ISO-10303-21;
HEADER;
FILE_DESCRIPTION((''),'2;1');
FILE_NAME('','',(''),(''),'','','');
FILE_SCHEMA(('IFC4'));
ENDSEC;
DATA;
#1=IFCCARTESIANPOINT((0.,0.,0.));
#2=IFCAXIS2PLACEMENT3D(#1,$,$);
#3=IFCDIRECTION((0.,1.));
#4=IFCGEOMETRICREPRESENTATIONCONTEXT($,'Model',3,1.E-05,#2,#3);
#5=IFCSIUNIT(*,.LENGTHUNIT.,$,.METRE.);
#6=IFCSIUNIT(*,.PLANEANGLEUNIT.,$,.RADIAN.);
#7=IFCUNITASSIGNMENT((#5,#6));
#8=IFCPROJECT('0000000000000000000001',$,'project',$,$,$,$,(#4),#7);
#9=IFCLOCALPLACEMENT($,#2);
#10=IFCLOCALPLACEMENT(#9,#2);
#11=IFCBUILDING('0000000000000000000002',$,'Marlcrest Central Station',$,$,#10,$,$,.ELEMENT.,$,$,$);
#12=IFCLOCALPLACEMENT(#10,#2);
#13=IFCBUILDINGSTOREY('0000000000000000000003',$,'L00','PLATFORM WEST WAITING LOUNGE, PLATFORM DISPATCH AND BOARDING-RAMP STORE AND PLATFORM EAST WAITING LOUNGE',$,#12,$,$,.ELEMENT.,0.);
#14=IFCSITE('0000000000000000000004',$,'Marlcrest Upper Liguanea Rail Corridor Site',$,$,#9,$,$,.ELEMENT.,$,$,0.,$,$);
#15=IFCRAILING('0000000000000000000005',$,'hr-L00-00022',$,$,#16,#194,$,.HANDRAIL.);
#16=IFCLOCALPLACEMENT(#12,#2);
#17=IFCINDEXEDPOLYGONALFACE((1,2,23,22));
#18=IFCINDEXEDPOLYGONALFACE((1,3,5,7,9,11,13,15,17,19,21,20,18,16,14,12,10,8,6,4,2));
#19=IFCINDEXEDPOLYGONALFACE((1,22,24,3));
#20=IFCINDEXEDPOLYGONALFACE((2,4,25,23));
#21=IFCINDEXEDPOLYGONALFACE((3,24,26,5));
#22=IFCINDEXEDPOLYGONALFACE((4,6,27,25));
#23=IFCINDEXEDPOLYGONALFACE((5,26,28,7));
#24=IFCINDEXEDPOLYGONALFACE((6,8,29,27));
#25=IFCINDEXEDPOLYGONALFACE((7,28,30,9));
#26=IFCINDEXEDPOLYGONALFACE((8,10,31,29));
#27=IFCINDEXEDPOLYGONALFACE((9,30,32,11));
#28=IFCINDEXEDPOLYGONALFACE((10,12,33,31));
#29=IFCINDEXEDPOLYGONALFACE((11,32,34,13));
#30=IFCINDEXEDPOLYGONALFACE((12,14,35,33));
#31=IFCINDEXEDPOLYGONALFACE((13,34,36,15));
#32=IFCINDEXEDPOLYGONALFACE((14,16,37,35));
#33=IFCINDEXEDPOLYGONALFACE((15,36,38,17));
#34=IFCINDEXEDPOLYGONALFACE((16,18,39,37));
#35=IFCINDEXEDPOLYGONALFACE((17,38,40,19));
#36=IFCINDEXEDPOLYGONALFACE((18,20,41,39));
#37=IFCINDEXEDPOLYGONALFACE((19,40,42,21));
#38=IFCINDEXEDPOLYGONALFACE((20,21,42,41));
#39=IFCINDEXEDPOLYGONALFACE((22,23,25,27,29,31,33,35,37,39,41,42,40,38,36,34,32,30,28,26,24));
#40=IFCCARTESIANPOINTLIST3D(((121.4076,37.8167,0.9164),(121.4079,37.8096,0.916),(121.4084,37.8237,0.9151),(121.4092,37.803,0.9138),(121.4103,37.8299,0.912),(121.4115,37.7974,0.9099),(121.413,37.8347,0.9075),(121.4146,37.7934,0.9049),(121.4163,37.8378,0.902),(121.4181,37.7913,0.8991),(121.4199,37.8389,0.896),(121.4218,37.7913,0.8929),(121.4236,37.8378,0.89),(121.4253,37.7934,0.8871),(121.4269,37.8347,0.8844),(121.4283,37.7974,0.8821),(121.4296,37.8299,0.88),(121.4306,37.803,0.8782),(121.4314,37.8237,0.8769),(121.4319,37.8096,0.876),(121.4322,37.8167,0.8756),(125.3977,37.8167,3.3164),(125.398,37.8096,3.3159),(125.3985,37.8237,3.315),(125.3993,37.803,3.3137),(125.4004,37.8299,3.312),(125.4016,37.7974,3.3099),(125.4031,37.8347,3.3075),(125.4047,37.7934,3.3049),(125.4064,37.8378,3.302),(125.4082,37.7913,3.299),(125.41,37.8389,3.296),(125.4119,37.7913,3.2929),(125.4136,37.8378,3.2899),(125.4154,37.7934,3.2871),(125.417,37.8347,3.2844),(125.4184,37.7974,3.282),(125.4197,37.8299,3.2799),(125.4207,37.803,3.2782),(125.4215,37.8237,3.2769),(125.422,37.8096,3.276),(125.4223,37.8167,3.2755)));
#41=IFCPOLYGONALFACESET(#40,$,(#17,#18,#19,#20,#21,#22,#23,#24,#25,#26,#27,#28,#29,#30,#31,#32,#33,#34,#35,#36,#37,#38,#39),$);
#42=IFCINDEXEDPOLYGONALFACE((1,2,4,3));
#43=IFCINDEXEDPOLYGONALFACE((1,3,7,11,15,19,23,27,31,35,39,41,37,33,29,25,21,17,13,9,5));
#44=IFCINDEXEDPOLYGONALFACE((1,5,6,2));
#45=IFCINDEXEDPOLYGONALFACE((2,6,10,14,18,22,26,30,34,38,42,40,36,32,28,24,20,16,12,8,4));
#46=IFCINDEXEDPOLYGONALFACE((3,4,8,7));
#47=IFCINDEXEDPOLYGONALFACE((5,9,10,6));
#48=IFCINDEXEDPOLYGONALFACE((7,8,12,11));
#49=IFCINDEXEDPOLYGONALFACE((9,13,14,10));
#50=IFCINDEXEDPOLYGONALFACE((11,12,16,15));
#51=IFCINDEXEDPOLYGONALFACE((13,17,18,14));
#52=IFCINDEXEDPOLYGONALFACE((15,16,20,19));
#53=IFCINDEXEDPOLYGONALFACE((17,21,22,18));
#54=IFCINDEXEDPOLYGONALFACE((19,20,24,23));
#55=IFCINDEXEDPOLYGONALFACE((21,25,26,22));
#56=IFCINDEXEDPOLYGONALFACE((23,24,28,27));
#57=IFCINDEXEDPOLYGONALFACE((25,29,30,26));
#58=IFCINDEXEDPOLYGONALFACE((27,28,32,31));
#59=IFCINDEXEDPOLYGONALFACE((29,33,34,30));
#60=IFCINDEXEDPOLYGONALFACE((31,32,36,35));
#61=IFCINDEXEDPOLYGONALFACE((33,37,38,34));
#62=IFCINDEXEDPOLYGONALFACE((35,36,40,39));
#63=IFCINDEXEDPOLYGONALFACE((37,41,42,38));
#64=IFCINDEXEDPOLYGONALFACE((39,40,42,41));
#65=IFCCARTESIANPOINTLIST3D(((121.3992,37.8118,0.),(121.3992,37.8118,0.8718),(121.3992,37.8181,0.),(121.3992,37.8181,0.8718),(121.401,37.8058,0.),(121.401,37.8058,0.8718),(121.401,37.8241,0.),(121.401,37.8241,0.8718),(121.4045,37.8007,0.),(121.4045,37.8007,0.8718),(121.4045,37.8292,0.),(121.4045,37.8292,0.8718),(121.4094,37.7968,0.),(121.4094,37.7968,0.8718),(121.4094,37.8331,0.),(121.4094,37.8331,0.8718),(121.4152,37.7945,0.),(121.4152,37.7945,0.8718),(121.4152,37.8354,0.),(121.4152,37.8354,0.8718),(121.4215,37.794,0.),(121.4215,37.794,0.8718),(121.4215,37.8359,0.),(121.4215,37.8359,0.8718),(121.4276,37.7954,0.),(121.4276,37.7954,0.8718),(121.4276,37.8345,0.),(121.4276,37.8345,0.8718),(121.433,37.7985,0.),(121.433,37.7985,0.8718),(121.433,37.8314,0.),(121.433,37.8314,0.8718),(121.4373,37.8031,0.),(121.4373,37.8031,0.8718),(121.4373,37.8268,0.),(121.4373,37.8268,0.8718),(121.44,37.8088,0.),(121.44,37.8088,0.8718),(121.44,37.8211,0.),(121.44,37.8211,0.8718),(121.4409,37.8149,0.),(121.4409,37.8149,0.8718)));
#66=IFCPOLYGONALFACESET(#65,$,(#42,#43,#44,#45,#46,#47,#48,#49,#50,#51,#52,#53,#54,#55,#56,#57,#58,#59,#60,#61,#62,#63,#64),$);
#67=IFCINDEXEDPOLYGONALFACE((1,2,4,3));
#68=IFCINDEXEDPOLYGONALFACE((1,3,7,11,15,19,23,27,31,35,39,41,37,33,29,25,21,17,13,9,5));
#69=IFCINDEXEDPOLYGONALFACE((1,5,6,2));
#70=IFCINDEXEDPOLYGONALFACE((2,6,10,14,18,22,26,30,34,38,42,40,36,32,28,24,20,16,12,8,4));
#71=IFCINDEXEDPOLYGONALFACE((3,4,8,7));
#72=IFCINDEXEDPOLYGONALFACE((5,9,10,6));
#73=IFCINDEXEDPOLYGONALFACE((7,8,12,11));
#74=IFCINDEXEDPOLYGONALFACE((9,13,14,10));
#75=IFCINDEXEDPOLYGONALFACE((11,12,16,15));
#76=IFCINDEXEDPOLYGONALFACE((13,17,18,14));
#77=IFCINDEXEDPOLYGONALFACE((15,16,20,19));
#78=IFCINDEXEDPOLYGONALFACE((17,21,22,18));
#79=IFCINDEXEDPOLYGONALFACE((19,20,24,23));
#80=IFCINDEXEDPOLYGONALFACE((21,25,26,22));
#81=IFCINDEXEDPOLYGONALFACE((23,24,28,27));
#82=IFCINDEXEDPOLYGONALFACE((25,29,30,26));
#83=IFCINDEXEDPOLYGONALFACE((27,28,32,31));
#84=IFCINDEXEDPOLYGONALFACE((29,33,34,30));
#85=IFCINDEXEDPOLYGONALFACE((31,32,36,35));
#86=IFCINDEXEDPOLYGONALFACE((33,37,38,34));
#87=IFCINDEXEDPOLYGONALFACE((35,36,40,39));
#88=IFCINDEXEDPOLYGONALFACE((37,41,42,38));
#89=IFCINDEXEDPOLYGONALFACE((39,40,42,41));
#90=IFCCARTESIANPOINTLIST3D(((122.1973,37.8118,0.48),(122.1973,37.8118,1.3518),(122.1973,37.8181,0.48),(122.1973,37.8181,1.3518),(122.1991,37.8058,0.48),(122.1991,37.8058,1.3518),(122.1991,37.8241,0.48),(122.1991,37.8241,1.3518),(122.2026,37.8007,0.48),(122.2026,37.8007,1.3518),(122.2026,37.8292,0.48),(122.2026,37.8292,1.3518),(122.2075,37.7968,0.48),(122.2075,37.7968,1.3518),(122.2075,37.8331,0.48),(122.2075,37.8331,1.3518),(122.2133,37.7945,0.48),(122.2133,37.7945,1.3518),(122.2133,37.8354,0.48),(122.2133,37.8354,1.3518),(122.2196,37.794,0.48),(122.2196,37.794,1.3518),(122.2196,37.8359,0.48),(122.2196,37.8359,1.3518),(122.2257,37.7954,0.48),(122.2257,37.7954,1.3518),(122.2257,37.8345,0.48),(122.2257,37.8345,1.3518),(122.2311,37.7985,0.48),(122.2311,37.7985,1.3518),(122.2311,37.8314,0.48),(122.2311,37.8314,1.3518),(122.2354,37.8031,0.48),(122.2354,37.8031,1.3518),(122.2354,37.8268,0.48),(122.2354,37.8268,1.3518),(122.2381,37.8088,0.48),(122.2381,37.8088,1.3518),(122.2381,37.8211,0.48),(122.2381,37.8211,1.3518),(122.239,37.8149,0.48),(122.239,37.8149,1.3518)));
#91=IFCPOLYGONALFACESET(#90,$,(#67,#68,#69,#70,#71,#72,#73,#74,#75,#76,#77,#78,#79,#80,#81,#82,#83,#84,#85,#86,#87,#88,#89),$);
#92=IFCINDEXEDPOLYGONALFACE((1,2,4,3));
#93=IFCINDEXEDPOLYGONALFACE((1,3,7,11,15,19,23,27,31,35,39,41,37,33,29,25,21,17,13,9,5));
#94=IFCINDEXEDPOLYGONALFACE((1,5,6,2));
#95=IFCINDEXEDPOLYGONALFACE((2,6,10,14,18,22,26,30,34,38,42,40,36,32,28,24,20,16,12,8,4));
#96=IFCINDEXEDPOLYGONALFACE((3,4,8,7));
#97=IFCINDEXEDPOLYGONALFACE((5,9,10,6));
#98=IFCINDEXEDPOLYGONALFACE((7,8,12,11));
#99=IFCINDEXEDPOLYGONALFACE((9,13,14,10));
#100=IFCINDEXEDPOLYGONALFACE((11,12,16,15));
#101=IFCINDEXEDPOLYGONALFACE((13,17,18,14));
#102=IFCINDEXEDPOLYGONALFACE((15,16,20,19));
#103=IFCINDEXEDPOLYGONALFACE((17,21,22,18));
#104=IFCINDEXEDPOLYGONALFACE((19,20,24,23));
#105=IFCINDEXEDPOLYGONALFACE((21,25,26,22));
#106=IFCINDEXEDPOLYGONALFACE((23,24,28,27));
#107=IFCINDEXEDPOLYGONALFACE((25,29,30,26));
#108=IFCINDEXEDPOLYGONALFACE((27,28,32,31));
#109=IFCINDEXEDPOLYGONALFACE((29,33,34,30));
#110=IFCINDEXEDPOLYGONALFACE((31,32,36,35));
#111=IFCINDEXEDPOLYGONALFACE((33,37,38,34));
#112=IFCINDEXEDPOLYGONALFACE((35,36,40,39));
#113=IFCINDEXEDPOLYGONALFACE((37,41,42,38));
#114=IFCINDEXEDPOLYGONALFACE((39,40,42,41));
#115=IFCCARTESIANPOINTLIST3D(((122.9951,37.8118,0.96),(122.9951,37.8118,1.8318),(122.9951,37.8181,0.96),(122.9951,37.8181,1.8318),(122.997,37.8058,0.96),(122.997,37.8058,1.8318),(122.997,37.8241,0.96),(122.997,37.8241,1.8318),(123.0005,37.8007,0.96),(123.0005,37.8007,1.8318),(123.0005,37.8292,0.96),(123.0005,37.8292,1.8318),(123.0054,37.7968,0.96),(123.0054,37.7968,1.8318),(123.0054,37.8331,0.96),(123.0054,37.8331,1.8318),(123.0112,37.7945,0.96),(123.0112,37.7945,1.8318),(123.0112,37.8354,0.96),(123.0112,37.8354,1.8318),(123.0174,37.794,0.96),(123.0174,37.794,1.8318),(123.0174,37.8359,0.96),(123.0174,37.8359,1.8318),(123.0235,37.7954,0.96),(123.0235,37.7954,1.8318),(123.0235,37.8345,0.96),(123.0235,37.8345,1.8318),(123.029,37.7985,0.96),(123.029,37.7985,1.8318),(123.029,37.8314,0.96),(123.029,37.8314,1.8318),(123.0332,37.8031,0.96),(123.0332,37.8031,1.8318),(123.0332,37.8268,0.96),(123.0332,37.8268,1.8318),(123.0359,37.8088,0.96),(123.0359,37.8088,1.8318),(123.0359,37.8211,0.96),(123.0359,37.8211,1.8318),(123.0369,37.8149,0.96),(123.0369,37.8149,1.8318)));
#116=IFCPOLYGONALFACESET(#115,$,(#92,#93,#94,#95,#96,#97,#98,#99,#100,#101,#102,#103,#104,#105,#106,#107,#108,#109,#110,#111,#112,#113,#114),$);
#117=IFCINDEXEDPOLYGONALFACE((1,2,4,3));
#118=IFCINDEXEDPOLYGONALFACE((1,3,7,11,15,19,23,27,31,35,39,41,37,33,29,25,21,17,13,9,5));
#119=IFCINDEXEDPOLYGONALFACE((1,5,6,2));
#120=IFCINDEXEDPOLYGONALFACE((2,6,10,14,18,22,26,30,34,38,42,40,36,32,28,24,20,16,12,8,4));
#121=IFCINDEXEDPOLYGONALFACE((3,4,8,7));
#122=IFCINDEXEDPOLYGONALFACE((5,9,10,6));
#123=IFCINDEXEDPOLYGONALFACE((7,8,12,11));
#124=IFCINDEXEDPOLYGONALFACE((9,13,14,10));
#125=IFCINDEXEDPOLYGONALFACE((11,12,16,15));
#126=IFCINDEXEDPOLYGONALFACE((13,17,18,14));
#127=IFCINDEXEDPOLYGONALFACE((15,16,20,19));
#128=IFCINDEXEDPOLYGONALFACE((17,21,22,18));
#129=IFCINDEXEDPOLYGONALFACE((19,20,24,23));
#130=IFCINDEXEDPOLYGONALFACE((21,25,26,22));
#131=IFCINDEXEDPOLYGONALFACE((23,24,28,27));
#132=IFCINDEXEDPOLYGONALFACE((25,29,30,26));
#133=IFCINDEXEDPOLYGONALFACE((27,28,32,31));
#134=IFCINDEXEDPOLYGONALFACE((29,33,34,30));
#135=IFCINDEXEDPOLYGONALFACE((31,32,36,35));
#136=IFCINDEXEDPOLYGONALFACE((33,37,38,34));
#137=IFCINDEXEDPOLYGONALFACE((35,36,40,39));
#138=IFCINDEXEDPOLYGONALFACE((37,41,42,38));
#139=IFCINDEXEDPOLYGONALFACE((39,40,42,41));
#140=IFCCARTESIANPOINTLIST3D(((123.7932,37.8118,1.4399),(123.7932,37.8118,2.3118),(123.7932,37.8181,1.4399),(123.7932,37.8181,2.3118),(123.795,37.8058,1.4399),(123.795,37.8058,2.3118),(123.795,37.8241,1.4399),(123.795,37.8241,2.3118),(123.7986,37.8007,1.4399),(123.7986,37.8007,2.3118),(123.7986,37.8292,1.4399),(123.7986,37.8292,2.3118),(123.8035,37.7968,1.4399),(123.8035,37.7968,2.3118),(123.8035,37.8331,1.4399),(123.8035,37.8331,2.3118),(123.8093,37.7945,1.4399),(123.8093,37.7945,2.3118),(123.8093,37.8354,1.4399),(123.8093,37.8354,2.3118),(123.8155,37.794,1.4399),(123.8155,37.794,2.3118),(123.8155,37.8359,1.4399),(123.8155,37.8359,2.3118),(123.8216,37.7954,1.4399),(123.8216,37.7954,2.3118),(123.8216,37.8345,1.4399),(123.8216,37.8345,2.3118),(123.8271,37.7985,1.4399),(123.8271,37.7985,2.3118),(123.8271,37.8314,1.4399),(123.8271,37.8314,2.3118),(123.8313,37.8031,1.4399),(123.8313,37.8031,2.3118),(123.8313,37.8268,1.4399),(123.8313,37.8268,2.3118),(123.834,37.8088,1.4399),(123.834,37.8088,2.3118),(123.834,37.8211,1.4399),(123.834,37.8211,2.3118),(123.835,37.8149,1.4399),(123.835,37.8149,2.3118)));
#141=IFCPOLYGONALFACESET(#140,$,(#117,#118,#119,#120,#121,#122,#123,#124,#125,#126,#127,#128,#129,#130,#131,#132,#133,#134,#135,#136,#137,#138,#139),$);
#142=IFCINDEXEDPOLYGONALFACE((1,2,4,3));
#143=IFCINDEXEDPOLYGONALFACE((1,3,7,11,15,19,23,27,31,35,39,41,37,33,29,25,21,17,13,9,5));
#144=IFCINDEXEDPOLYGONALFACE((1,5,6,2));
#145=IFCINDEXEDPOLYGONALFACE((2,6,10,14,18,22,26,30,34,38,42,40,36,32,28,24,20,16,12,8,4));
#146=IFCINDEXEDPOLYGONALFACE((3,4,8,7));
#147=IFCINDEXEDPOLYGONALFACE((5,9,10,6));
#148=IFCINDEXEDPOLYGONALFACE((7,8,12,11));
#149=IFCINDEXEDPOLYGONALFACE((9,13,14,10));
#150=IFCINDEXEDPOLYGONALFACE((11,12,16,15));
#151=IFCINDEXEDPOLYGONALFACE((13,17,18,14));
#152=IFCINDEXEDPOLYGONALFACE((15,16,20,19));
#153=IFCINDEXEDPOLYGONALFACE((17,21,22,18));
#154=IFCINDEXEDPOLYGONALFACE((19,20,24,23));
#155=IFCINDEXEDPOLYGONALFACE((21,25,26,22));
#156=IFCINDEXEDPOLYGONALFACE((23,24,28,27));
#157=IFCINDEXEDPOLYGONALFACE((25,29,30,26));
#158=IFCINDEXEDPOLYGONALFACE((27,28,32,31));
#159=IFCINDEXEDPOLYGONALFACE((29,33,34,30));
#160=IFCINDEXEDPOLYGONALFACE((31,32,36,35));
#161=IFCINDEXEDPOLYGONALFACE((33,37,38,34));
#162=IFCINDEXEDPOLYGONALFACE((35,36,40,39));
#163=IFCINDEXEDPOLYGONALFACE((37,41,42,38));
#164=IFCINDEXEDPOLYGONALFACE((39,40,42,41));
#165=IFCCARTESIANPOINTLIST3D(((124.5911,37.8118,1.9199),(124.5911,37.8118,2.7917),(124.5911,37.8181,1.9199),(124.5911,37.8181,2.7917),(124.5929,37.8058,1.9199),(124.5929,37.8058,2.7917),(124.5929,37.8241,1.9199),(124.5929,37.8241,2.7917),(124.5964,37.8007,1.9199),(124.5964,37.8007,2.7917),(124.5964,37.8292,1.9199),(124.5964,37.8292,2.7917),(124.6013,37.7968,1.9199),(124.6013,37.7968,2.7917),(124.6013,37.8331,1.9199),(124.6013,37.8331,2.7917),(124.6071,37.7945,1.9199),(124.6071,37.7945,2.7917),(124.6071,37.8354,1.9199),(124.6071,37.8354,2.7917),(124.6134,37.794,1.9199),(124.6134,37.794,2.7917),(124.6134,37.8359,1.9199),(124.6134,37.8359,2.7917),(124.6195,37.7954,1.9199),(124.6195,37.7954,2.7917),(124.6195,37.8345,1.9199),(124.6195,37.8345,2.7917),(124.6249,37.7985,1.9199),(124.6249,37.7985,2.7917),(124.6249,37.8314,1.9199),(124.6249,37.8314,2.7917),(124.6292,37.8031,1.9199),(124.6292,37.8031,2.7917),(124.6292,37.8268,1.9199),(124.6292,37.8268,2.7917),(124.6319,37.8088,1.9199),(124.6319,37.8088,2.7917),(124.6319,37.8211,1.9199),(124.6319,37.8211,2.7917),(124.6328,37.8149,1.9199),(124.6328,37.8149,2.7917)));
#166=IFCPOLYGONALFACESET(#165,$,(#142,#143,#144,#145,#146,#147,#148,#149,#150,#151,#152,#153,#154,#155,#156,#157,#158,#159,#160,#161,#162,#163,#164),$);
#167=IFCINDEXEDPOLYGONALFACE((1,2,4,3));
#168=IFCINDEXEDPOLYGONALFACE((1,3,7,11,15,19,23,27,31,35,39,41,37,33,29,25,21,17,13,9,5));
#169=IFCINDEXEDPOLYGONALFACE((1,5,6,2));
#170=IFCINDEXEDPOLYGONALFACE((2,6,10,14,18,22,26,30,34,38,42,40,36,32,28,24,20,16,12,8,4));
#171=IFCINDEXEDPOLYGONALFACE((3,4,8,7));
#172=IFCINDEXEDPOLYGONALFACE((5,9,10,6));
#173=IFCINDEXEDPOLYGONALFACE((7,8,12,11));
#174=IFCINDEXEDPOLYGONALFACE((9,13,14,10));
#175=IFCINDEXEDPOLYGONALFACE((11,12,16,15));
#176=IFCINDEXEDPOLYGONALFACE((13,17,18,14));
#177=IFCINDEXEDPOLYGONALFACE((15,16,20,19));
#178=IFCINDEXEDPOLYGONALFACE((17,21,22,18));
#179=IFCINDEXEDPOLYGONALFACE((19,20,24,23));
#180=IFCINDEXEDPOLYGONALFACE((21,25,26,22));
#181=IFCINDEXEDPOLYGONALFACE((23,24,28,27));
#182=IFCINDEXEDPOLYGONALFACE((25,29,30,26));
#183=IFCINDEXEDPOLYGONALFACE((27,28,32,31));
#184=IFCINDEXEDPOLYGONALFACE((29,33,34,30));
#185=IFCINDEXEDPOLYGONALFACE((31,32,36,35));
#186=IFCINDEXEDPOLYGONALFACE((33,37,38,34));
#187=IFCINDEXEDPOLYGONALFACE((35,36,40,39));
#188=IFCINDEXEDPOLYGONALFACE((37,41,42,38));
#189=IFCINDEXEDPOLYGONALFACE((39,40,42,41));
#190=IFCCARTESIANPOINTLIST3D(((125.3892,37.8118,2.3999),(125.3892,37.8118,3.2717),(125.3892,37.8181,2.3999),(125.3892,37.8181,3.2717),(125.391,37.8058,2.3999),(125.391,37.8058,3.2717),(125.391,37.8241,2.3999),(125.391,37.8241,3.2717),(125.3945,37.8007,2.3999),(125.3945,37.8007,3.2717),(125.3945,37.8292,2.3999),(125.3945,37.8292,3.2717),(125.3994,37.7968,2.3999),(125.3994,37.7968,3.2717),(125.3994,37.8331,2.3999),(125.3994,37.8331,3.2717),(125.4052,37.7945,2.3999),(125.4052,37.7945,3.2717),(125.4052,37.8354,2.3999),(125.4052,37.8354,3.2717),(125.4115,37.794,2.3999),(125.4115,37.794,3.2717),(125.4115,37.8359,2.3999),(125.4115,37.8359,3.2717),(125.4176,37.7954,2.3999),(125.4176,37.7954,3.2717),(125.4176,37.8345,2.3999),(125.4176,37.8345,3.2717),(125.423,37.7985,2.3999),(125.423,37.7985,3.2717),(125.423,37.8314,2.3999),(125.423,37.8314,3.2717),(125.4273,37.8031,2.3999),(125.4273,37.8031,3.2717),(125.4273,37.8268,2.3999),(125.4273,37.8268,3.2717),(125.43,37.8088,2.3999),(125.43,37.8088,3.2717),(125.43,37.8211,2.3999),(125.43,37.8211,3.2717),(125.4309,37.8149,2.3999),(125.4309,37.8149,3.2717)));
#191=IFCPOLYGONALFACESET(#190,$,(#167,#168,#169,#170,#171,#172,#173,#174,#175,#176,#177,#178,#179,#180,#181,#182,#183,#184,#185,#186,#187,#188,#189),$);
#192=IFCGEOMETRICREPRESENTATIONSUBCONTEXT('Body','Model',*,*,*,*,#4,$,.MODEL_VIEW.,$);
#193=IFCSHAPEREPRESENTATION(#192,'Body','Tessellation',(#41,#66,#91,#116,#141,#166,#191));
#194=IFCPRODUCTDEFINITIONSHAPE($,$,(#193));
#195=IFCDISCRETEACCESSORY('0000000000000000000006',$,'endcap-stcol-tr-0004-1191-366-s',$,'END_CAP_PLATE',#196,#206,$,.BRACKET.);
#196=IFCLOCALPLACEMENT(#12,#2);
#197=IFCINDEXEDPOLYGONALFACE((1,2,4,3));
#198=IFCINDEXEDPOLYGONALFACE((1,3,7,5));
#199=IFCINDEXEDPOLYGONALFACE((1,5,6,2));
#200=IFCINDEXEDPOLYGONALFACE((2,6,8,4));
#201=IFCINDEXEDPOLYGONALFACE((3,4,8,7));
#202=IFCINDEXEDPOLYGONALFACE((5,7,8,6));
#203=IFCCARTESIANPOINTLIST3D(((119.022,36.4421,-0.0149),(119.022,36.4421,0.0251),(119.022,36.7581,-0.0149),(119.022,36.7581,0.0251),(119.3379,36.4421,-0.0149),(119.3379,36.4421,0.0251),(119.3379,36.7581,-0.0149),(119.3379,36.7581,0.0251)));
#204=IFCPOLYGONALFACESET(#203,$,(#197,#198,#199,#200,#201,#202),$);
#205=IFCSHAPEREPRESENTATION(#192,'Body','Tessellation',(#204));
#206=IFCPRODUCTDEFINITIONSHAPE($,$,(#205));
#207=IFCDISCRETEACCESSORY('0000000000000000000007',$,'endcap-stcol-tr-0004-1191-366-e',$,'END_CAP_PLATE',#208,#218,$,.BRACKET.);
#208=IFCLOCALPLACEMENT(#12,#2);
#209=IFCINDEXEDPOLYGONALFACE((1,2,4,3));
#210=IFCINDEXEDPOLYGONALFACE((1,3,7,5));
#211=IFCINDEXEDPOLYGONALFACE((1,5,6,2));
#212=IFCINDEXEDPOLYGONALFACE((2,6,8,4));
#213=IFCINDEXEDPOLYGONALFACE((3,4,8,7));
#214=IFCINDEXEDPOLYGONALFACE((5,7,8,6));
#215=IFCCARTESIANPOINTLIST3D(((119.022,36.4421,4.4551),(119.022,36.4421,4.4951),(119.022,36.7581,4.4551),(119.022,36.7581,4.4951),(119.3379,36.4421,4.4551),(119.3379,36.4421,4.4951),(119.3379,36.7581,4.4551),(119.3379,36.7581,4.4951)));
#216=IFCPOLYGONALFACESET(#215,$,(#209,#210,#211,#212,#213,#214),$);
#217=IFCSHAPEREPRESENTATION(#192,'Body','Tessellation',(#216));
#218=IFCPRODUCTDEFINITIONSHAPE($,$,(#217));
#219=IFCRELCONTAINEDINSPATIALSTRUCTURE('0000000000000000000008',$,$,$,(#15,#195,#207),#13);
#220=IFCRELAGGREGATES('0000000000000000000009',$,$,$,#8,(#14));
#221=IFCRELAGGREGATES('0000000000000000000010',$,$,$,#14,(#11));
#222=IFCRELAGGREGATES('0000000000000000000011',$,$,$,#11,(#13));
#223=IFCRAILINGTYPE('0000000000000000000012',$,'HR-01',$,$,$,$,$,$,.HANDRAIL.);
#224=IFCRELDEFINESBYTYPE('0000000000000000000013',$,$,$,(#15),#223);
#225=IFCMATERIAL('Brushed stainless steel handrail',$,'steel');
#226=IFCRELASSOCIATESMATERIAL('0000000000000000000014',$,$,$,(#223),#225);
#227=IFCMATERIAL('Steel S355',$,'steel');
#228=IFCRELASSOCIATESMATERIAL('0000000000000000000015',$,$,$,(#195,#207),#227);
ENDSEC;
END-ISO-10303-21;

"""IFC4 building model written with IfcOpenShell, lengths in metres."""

from ifc_helpers import new_model, si_unit, direction, frame, origin, origin_2d, place, context, subcontext, project, spatial, rectangle, circle, extrude, material, type_object, element, save


model = new_model("IFC4")

# Units and contexts
model_context = context("Model", 3, precision=1e-05, world=origin(), true_north=direction((0.0, 1.0)))
body_context = subcontext(model_context, "Body", "Model", "MODEL_VIEW")
ifc_project = project(units=[si_unit("LENGTHUNIT", "METRE"), si_unit("PLANEANGLEUNIT", "RADIAN")], contexts=[model_context])

# Site, building, storey
site_placement = place(None, origin())
site = spatial("IfcSite", under=ifc_project, at=site_placement, Name="Marlcrest Upper Liguanea Rail Corridor Site", CompositionType="ELEMENT", RefElevation=0.0)
building_placement = place(site_placement, origin())
building = spatial("IfcBuilding", under=site, at=building_placement, Name="Marlcrest Central Station", CompositionType="ELEMENT")
storey_placement = place(building_placement, origin())
storey = spatial("IfcBuildingStorey", under=building, at=storey_placement, Name="L00", Description="PLATFORM WEST WAITING LOUNGE, PLATFORM DISPATCH AND BOARDING-RAMP STORE AND PLATFORM EAST WAITING LOUNGE", CompositionType="ELEMENT", Elevation=0.0)

# Shared definitions
ifc_material_1 = material(Name="Steel S355", Category="steel")

# Railing
ifc_material_2 = material(Name="Brushed stainless steel handrail", Category="steel")
railing_type_1 = type_object("IfcRailingType", Name="HR-01", PredefinedType="HANDRAIL", material=ifc_material_2)
railing_1_placement = place(storey_placement, frame((121.4199, 37.8149, 0.0)))
element("IfcRailing", 1, at=railing_1_placement, inside=storey, type_object=railing_type_1, Name="hr-L00-00022", PredefinedType="HANDRAIL", context=body_context, shape_type="SweptSolid", body=[
    extrude(circle(Radius=0.0239, at=origin_2d()), frame((0.0, 0.0, 0.896), z_axis=(0.856933, 0.0, 0.515428), x_axis=(0.0, 1.0, 0.0)), (0.0, 0.0, 1.0), 4.6562),
    extrude(circle(Radius=0.021, at=origin_2d()), origin(), (0.0, 0.0, 1.0), 0.8718),
    extrude(circle(Radius=0.021, at=origin_2d()), frame((0.7981, 0.0, 0.48)), (0.0, 0.0, 1.0), 0.8718),
    extrude(circle(Radius=0.021, at=origin_2d()), frame((1.5959, 0.0, 0.96)), (0.0, 0.0, 1.0), 0.8718),
    extrude(circle(Radius=0.021, at=origin_2d()), frame((2.394, 0.0, 1.4399)), (0.0, 0.0, 1.0), 0.8718),
    extrude(circle(Radius=0.021, at=origin_2d()), frame((3.1919, 0.0, 1.9199)), (0.0, 0.0, 1.0), 0.8718),
    extrude(circle(Radius=0.021, at=origin_2d()), frame((3.99, 0.0, 2.3999)), (0.0, 0.0, 1.0), 0.8718),
])

# Discrete accessories
for number, where, z_axis, x_axis, name in (
    (2, (119.1799, 36.6001, -0.0149), (0.0, 0.0, 1.0), (1.0, 0.0, 0.0), "endcap-stcol-tr-0004-1191-366-s"),
    (3, (119.1799, 36.6001, 4.4551), (0.0, 0.0, 1.0), (1.0, 0.0, 0.0), "endcap-stcol-tr-0004-1191-366-e"),
):
    element("IfcDiscreteAccessory", number, at=place(storey_placement, frame(where, z_axis=z_axis, x_axis=x_axis)), inside=storey, material=ifc_material_1, Name=name, ObjectType="END_CAP_PLATE", PredefinedType="BRACKET", context=body_context, shape_type="SweptSolid", body=[
        extrude(rectangle(XDim=0.3159, YDim=0.3159, at=origin_2d()), origin(), (0.0, 0.0, 1.0), 0.04),
    ])

save(model, "model.ifc")
